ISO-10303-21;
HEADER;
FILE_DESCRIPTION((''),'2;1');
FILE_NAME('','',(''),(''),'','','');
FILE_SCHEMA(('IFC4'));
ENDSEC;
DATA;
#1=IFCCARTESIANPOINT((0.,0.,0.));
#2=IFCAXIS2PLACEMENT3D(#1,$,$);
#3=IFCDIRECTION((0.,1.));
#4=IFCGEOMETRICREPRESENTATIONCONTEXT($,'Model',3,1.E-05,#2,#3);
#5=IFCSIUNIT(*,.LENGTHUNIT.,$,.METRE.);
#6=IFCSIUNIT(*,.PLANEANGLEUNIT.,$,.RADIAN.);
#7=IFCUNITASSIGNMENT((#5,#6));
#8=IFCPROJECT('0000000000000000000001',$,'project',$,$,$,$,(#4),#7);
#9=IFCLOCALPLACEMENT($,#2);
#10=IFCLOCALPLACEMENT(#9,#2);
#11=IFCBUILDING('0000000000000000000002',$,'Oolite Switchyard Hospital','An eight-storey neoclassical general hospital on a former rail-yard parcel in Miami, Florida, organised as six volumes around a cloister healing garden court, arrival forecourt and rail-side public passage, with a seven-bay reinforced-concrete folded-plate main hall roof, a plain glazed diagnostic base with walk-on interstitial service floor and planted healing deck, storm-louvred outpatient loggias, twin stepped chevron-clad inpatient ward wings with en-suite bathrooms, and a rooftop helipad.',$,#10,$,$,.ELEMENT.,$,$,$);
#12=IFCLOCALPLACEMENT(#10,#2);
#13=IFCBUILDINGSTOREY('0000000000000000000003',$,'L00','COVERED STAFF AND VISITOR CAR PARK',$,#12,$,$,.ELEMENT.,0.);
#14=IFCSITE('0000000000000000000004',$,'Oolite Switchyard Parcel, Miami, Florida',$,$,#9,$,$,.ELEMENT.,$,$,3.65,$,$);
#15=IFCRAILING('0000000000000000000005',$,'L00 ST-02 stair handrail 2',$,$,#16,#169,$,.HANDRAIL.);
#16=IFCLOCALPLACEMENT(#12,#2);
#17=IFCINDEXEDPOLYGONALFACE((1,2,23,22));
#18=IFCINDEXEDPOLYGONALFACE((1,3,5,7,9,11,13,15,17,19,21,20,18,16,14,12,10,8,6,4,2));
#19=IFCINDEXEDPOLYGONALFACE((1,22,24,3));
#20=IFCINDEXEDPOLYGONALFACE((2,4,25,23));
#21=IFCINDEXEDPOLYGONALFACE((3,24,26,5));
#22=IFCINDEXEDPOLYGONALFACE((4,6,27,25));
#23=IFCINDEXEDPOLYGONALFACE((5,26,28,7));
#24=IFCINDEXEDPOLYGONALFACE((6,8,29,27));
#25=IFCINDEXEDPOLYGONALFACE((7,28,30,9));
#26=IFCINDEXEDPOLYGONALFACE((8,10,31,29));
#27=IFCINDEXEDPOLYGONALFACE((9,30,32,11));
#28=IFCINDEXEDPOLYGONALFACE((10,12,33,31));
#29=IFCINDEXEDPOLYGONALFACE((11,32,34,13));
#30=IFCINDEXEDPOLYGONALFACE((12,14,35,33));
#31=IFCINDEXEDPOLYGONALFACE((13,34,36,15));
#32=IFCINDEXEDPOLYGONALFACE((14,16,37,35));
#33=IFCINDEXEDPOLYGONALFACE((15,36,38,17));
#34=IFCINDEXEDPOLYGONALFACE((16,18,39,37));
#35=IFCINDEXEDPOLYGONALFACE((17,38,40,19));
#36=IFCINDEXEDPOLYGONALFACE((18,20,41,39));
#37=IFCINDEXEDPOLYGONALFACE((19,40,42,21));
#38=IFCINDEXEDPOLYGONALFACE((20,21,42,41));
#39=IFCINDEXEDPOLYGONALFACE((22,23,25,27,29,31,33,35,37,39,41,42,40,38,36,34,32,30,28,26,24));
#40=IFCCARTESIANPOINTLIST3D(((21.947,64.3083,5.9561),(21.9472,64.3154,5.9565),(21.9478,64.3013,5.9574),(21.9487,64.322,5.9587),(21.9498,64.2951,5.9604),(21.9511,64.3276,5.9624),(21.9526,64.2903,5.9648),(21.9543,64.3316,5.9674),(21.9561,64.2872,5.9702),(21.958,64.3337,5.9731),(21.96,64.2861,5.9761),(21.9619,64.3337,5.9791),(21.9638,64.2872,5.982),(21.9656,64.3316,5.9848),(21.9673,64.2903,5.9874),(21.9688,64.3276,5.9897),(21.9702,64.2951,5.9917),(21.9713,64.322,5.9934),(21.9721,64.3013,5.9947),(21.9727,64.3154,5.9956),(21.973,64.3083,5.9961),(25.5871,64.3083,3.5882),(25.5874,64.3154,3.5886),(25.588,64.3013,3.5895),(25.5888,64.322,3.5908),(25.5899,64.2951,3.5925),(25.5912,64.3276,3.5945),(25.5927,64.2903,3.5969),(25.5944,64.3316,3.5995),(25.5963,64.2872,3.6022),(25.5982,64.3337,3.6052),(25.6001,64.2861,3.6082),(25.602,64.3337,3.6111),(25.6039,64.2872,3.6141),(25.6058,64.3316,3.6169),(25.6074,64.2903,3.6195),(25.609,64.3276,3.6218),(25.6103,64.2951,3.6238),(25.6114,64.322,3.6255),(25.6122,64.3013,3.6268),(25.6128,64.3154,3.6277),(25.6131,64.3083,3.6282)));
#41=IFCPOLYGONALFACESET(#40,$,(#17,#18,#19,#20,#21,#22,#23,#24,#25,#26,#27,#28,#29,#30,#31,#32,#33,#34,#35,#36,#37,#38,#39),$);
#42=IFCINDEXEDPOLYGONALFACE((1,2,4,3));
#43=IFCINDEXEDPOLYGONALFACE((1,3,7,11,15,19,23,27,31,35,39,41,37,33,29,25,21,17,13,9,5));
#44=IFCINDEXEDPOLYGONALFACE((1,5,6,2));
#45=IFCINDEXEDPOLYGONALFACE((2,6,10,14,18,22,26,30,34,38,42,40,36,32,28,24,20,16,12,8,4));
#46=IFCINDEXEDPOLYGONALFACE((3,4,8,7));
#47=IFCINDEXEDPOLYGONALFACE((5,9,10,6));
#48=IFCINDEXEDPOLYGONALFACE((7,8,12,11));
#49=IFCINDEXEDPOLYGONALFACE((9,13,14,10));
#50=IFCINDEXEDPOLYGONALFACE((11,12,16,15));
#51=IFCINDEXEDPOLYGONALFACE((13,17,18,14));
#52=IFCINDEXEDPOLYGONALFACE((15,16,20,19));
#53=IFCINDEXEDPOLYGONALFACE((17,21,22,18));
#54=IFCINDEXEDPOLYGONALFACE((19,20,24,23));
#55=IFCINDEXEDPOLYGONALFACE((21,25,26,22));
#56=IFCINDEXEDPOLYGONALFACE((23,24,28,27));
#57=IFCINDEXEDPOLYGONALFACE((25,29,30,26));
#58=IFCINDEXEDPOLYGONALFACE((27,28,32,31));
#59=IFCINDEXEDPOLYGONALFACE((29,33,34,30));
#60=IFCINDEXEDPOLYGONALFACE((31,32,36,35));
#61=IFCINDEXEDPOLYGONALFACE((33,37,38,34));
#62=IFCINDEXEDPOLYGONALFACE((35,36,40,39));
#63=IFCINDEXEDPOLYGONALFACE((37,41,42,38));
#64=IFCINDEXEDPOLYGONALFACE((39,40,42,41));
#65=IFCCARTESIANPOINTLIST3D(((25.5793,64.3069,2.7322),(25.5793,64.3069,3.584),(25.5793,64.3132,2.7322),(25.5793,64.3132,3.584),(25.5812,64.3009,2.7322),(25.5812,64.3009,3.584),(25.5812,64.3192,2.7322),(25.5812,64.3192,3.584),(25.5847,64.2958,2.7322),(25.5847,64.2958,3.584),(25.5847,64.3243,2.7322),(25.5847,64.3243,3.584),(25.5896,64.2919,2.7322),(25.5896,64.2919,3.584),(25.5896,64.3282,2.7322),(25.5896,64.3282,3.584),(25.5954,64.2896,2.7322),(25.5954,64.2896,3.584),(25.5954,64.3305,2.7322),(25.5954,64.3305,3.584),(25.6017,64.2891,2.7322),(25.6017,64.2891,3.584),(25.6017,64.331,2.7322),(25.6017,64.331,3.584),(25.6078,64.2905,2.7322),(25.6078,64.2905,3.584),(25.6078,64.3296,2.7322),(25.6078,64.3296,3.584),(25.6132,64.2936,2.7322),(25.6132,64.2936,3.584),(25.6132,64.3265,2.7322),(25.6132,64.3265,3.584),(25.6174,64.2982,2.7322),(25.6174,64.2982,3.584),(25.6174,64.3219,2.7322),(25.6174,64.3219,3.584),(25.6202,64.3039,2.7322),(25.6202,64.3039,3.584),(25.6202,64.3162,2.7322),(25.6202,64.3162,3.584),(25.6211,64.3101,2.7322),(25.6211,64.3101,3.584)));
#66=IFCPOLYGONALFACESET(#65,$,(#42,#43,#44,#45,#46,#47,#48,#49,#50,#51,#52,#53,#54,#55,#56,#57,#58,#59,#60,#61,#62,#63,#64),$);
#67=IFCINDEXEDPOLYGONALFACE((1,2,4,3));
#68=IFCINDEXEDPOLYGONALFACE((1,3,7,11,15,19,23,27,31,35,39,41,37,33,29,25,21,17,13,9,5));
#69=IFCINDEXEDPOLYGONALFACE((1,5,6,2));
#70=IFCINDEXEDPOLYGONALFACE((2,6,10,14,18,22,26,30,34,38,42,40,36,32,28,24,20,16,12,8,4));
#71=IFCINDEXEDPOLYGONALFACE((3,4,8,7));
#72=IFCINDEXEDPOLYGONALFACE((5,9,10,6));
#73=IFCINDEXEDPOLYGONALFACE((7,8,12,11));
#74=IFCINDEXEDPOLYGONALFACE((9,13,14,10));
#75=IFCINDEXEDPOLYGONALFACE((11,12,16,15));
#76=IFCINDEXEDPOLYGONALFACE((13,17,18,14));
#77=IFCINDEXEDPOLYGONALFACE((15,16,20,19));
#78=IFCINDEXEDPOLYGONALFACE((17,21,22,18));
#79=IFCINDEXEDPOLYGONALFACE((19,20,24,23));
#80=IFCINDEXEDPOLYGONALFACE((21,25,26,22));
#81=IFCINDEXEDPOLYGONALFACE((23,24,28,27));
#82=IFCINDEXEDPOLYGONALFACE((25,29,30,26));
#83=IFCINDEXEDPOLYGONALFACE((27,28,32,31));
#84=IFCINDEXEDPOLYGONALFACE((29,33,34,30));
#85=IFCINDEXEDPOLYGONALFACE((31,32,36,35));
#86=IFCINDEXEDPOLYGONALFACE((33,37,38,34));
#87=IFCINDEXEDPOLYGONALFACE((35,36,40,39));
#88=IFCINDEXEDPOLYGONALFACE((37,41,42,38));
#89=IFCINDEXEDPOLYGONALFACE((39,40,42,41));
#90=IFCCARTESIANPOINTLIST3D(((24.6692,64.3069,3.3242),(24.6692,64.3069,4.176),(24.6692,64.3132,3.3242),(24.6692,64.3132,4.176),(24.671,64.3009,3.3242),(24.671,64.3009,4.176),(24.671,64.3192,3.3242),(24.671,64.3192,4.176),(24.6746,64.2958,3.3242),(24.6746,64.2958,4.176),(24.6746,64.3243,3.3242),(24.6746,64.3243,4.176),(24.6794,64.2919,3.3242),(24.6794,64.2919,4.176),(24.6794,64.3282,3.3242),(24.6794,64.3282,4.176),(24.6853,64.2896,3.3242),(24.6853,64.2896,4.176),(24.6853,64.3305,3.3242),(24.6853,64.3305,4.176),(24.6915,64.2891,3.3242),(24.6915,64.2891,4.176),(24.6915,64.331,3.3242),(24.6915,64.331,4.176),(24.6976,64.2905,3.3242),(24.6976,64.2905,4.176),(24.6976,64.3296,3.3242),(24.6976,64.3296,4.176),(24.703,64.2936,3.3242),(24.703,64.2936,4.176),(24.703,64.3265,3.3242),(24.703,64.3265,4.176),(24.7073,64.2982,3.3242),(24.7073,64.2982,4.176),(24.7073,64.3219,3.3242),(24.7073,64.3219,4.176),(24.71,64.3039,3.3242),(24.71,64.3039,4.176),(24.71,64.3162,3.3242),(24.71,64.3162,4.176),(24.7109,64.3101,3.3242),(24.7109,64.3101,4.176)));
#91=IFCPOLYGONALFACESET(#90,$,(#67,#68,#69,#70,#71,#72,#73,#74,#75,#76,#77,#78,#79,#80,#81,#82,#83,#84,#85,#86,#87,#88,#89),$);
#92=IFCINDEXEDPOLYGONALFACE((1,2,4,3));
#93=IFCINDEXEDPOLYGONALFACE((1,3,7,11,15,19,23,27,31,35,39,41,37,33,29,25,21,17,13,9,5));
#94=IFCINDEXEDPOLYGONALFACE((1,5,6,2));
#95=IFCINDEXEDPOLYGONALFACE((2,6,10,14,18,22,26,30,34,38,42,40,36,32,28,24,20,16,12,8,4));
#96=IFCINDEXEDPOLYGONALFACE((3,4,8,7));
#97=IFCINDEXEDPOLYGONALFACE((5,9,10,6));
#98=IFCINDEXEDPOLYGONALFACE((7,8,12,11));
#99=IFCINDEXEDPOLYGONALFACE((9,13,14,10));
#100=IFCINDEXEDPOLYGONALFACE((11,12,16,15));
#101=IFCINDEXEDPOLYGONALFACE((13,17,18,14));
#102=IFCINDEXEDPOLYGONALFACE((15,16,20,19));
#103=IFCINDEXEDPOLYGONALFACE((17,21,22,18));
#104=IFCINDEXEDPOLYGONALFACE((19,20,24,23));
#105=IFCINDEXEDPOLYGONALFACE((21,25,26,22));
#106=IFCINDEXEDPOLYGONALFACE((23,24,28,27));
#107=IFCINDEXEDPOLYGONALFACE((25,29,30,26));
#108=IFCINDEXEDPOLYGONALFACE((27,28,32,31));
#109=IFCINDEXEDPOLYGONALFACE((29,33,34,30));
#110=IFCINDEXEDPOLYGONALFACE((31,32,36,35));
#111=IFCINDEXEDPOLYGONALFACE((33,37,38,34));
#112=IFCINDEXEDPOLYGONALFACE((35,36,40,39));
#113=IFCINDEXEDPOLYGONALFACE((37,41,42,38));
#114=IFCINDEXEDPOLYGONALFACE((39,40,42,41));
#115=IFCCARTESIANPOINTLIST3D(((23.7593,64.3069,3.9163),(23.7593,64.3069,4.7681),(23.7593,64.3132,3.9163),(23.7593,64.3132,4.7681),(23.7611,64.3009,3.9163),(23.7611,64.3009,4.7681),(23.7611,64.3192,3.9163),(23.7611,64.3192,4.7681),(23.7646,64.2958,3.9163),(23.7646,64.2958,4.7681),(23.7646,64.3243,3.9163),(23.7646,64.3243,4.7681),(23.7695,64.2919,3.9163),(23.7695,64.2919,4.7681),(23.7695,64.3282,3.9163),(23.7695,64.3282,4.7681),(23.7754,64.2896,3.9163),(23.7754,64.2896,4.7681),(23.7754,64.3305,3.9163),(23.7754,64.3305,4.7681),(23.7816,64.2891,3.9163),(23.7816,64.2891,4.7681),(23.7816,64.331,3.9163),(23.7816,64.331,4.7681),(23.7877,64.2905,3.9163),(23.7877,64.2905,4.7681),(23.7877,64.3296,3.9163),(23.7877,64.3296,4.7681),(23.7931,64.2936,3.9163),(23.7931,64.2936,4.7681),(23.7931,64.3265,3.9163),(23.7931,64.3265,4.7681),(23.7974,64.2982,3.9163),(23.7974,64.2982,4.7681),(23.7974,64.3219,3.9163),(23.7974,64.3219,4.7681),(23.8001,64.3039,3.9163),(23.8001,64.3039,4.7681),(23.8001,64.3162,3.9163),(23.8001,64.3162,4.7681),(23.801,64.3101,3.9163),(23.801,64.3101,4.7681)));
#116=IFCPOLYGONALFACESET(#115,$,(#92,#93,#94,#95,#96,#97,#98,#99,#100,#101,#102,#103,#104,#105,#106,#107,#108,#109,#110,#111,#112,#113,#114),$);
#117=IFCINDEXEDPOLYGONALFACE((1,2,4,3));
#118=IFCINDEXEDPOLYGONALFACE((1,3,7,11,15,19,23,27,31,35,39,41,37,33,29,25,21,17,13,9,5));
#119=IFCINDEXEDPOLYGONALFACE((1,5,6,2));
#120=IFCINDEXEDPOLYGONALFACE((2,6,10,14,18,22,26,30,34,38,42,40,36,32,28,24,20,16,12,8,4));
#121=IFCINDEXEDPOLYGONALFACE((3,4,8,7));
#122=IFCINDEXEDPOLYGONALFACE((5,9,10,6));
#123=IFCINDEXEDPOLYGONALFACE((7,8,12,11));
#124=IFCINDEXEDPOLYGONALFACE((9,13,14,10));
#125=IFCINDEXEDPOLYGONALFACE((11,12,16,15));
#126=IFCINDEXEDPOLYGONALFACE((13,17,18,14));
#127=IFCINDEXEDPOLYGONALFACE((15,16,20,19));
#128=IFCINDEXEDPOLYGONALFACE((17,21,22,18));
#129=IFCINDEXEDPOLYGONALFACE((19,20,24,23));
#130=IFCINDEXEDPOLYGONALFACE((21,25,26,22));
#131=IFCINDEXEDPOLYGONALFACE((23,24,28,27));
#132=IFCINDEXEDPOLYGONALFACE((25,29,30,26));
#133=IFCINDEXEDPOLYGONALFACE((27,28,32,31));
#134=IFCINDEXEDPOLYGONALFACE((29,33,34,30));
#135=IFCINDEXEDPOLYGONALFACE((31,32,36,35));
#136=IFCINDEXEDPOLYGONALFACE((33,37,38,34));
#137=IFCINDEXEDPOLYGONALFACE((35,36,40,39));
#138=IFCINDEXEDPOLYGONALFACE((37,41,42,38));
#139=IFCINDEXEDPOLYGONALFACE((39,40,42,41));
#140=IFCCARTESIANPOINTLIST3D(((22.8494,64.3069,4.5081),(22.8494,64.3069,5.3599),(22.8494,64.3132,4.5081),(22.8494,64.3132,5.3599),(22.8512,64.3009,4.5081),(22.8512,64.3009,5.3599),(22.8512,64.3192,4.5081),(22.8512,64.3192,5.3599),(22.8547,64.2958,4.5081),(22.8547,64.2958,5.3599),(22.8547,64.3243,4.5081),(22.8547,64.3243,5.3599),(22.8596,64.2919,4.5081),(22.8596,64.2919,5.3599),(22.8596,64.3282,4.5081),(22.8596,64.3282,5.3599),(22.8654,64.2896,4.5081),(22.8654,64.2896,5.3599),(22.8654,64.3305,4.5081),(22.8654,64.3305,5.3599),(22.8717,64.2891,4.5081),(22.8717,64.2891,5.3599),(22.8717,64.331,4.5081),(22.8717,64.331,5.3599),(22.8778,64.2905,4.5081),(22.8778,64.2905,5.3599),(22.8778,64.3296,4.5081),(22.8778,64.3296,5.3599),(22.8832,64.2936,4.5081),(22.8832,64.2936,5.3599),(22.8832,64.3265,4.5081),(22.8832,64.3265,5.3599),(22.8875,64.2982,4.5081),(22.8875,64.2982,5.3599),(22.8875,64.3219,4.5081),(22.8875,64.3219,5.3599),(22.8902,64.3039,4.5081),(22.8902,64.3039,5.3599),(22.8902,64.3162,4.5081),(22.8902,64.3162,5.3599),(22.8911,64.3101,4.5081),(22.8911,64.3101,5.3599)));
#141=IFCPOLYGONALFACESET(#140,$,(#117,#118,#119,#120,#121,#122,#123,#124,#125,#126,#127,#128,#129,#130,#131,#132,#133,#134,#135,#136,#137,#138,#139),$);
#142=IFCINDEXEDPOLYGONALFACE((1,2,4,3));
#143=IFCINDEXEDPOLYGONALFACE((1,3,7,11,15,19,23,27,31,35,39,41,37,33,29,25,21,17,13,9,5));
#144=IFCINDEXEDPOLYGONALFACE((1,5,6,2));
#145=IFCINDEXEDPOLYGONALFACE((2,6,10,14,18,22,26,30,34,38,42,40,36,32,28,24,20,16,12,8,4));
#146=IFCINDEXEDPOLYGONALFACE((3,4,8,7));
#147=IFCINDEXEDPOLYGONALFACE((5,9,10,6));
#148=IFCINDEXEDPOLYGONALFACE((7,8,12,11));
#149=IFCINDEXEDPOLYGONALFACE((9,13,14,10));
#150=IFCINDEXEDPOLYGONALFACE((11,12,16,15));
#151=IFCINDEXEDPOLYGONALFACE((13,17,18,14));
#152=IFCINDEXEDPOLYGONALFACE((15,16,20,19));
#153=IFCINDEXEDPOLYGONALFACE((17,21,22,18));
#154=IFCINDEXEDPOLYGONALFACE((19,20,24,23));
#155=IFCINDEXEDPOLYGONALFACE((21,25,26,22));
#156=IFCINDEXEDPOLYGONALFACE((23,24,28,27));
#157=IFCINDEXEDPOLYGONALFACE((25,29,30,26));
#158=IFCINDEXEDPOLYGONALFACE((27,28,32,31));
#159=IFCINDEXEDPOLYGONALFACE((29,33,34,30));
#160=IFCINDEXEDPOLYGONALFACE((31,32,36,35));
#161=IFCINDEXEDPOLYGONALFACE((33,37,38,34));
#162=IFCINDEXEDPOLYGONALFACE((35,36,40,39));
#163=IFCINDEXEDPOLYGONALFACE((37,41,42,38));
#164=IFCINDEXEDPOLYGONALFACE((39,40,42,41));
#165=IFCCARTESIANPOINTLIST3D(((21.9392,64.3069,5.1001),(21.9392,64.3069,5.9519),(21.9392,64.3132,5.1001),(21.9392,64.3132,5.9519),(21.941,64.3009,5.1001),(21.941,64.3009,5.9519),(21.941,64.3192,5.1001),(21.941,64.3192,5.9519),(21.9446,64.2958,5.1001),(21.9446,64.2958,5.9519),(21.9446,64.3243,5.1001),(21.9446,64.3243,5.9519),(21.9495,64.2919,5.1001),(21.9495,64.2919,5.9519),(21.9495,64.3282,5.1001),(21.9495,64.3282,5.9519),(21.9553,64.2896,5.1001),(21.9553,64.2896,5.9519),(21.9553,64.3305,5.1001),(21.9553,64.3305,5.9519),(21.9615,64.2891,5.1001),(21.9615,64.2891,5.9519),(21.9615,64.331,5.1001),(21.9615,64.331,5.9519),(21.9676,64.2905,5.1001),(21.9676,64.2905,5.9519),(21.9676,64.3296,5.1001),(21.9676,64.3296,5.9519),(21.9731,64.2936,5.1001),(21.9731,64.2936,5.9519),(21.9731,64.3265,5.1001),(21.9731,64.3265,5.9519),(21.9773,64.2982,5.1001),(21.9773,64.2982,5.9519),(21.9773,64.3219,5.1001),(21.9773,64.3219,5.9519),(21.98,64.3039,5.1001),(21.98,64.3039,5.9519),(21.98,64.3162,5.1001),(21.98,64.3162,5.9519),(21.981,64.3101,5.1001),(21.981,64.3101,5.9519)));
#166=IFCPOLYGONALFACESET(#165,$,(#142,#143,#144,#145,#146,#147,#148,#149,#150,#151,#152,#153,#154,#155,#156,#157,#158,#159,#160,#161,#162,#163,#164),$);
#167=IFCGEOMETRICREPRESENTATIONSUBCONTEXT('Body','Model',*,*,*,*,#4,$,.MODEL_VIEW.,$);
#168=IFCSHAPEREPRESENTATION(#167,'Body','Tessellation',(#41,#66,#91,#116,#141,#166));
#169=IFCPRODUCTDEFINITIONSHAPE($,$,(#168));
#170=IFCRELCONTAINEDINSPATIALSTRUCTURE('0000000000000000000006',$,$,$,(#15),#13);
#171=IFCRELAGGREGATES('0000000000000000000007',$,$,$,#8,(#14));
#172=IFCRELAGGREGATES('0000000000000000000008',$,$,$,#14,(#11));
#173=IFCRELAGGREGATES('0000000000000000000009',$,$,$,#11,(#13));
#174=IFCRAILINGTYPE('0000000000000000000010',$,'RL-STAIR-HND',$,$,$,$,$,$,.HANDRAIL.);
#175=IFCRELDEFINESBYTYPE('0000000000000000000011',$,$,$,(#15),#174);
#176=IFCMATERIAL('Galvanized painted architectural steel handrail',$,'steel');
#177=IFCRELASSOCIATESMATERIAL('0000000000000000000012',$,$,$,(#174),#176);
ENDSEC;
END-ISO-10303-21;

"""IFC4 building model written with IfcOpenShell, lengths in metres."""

from ifc_helpers import new_model, si_unit, direction, frame, origin, origin_2d, place, context, subcontext, project, spatial, circle, extrude, material, type_object, element, save


model = new_model("IFC4")

# Units and contexts
model_context = context("Model", 3, precision=1e-05, world=origin(), true_north=direction((0.0, 1.0)))
body_context = subcontext(model_context, "Body", "Model", "MODEL_VIEW")
ifc_project = project(units=[si_unit("LENGTHUNIT", "METRE"), si_unit("PLANEANGLEUNIT", "RADIAN")], contexts=[model_context])

# Site, building, storey
site_placement = place(None, origin())
site = spatial("IfcSite", under=ifc_project, at=site_placement, Name="Oolite Switchyard Parcel, Miami, Florida", CompositionType="ELEMENT", RefElevation=3.65)
building_placement = place(site_placement, origin())
building = spatial("IfcBuilding", under=site, at=building_placement, Name="Oolite Switchyard Hospital", Description="An eight-storey neoclassical general hospital on a former rail-yard parcel in Miami, Florida, organised as six volumes around a cloister healing garden court, arrival forecourt and rail-side public passage, with a seven-bay reinforced-concrete folded-plate main hall roof, a plain glazed diagnostic base with walk-on interstitial service floor and planted healing deck, storm-louvred outpatient loggias, twin stepped chevron-clad inpatient ward wings with en-suite bathrooms, and a rooftop helipad.", CompositionType="ELEMENT")
storey_placement = place(building_placement, origin())
storey = spatial("IfcBuildingStorey", under=building, at=storey_placement, Name="L00", Description="COVERED STAFF AND VISITOR CAR PARK", CompositionType="ELEMENT", Elevation=0.0)

# Railing
ifc_material_1 = material(Name="Galvanized painted architectural steel handrail", Category="steel")
railing_type_1 = type_object("IfcRailingType", Name="RL-STAIR-HND", PredefinedType="HANDRAIL", material=ifc_material_1)
railing_1_placement = place(storey_placement, frame((25.6001, 64.3101, 2.7322)))
element("IfcRailing", 1, at=railing_1_placement, inside=storey, type_object=railing_type_1, Name="L00 ST-02 stair handrail 2", PredefinedType="HANDRAIL", context=body_context, shape_type="SweptSolid", body=[
    extrude(circle(Radius=0.0239, at=origin_2d()), frame((0.0, 0.0, 0.876), z_axis=(-0.838251, 0.0, 0.545285), x_axis=(0.0, -1.0, 0.0)), (0.0, 0.0, 1.0), 4.3425),
    extrude(circle(Radius=0.021, at=origin_2d()), origin(), (0.0, 0.0, 1.0), 0.8518),
    extrude(circle(Radius=0.021, at=origin_2d()), frame((-0.9102, 0.0, 0.592)), (0.0, 0.0, 1.0), 0.8518),
    extrude(circle(Radius=0.021, at=origin_2d()), frame((-1.8201, 0.0, 1.1841)), (0.0, 0.0, 1.0), 0.8518),
    extrude(circle(Radius=0.021, at=origin_2d()), frame((-2.73, 0.0, 1.7759)), (0.0, 0.0, 1.0), 0.8518),
    extrude(circle(Radius=0.021, at=origin_2d()), frame((-3.6401, 0.0, 2.3679)), (0.0, 0.0, 1.0), 0.8518),
])

save(model, "model.ifc")
